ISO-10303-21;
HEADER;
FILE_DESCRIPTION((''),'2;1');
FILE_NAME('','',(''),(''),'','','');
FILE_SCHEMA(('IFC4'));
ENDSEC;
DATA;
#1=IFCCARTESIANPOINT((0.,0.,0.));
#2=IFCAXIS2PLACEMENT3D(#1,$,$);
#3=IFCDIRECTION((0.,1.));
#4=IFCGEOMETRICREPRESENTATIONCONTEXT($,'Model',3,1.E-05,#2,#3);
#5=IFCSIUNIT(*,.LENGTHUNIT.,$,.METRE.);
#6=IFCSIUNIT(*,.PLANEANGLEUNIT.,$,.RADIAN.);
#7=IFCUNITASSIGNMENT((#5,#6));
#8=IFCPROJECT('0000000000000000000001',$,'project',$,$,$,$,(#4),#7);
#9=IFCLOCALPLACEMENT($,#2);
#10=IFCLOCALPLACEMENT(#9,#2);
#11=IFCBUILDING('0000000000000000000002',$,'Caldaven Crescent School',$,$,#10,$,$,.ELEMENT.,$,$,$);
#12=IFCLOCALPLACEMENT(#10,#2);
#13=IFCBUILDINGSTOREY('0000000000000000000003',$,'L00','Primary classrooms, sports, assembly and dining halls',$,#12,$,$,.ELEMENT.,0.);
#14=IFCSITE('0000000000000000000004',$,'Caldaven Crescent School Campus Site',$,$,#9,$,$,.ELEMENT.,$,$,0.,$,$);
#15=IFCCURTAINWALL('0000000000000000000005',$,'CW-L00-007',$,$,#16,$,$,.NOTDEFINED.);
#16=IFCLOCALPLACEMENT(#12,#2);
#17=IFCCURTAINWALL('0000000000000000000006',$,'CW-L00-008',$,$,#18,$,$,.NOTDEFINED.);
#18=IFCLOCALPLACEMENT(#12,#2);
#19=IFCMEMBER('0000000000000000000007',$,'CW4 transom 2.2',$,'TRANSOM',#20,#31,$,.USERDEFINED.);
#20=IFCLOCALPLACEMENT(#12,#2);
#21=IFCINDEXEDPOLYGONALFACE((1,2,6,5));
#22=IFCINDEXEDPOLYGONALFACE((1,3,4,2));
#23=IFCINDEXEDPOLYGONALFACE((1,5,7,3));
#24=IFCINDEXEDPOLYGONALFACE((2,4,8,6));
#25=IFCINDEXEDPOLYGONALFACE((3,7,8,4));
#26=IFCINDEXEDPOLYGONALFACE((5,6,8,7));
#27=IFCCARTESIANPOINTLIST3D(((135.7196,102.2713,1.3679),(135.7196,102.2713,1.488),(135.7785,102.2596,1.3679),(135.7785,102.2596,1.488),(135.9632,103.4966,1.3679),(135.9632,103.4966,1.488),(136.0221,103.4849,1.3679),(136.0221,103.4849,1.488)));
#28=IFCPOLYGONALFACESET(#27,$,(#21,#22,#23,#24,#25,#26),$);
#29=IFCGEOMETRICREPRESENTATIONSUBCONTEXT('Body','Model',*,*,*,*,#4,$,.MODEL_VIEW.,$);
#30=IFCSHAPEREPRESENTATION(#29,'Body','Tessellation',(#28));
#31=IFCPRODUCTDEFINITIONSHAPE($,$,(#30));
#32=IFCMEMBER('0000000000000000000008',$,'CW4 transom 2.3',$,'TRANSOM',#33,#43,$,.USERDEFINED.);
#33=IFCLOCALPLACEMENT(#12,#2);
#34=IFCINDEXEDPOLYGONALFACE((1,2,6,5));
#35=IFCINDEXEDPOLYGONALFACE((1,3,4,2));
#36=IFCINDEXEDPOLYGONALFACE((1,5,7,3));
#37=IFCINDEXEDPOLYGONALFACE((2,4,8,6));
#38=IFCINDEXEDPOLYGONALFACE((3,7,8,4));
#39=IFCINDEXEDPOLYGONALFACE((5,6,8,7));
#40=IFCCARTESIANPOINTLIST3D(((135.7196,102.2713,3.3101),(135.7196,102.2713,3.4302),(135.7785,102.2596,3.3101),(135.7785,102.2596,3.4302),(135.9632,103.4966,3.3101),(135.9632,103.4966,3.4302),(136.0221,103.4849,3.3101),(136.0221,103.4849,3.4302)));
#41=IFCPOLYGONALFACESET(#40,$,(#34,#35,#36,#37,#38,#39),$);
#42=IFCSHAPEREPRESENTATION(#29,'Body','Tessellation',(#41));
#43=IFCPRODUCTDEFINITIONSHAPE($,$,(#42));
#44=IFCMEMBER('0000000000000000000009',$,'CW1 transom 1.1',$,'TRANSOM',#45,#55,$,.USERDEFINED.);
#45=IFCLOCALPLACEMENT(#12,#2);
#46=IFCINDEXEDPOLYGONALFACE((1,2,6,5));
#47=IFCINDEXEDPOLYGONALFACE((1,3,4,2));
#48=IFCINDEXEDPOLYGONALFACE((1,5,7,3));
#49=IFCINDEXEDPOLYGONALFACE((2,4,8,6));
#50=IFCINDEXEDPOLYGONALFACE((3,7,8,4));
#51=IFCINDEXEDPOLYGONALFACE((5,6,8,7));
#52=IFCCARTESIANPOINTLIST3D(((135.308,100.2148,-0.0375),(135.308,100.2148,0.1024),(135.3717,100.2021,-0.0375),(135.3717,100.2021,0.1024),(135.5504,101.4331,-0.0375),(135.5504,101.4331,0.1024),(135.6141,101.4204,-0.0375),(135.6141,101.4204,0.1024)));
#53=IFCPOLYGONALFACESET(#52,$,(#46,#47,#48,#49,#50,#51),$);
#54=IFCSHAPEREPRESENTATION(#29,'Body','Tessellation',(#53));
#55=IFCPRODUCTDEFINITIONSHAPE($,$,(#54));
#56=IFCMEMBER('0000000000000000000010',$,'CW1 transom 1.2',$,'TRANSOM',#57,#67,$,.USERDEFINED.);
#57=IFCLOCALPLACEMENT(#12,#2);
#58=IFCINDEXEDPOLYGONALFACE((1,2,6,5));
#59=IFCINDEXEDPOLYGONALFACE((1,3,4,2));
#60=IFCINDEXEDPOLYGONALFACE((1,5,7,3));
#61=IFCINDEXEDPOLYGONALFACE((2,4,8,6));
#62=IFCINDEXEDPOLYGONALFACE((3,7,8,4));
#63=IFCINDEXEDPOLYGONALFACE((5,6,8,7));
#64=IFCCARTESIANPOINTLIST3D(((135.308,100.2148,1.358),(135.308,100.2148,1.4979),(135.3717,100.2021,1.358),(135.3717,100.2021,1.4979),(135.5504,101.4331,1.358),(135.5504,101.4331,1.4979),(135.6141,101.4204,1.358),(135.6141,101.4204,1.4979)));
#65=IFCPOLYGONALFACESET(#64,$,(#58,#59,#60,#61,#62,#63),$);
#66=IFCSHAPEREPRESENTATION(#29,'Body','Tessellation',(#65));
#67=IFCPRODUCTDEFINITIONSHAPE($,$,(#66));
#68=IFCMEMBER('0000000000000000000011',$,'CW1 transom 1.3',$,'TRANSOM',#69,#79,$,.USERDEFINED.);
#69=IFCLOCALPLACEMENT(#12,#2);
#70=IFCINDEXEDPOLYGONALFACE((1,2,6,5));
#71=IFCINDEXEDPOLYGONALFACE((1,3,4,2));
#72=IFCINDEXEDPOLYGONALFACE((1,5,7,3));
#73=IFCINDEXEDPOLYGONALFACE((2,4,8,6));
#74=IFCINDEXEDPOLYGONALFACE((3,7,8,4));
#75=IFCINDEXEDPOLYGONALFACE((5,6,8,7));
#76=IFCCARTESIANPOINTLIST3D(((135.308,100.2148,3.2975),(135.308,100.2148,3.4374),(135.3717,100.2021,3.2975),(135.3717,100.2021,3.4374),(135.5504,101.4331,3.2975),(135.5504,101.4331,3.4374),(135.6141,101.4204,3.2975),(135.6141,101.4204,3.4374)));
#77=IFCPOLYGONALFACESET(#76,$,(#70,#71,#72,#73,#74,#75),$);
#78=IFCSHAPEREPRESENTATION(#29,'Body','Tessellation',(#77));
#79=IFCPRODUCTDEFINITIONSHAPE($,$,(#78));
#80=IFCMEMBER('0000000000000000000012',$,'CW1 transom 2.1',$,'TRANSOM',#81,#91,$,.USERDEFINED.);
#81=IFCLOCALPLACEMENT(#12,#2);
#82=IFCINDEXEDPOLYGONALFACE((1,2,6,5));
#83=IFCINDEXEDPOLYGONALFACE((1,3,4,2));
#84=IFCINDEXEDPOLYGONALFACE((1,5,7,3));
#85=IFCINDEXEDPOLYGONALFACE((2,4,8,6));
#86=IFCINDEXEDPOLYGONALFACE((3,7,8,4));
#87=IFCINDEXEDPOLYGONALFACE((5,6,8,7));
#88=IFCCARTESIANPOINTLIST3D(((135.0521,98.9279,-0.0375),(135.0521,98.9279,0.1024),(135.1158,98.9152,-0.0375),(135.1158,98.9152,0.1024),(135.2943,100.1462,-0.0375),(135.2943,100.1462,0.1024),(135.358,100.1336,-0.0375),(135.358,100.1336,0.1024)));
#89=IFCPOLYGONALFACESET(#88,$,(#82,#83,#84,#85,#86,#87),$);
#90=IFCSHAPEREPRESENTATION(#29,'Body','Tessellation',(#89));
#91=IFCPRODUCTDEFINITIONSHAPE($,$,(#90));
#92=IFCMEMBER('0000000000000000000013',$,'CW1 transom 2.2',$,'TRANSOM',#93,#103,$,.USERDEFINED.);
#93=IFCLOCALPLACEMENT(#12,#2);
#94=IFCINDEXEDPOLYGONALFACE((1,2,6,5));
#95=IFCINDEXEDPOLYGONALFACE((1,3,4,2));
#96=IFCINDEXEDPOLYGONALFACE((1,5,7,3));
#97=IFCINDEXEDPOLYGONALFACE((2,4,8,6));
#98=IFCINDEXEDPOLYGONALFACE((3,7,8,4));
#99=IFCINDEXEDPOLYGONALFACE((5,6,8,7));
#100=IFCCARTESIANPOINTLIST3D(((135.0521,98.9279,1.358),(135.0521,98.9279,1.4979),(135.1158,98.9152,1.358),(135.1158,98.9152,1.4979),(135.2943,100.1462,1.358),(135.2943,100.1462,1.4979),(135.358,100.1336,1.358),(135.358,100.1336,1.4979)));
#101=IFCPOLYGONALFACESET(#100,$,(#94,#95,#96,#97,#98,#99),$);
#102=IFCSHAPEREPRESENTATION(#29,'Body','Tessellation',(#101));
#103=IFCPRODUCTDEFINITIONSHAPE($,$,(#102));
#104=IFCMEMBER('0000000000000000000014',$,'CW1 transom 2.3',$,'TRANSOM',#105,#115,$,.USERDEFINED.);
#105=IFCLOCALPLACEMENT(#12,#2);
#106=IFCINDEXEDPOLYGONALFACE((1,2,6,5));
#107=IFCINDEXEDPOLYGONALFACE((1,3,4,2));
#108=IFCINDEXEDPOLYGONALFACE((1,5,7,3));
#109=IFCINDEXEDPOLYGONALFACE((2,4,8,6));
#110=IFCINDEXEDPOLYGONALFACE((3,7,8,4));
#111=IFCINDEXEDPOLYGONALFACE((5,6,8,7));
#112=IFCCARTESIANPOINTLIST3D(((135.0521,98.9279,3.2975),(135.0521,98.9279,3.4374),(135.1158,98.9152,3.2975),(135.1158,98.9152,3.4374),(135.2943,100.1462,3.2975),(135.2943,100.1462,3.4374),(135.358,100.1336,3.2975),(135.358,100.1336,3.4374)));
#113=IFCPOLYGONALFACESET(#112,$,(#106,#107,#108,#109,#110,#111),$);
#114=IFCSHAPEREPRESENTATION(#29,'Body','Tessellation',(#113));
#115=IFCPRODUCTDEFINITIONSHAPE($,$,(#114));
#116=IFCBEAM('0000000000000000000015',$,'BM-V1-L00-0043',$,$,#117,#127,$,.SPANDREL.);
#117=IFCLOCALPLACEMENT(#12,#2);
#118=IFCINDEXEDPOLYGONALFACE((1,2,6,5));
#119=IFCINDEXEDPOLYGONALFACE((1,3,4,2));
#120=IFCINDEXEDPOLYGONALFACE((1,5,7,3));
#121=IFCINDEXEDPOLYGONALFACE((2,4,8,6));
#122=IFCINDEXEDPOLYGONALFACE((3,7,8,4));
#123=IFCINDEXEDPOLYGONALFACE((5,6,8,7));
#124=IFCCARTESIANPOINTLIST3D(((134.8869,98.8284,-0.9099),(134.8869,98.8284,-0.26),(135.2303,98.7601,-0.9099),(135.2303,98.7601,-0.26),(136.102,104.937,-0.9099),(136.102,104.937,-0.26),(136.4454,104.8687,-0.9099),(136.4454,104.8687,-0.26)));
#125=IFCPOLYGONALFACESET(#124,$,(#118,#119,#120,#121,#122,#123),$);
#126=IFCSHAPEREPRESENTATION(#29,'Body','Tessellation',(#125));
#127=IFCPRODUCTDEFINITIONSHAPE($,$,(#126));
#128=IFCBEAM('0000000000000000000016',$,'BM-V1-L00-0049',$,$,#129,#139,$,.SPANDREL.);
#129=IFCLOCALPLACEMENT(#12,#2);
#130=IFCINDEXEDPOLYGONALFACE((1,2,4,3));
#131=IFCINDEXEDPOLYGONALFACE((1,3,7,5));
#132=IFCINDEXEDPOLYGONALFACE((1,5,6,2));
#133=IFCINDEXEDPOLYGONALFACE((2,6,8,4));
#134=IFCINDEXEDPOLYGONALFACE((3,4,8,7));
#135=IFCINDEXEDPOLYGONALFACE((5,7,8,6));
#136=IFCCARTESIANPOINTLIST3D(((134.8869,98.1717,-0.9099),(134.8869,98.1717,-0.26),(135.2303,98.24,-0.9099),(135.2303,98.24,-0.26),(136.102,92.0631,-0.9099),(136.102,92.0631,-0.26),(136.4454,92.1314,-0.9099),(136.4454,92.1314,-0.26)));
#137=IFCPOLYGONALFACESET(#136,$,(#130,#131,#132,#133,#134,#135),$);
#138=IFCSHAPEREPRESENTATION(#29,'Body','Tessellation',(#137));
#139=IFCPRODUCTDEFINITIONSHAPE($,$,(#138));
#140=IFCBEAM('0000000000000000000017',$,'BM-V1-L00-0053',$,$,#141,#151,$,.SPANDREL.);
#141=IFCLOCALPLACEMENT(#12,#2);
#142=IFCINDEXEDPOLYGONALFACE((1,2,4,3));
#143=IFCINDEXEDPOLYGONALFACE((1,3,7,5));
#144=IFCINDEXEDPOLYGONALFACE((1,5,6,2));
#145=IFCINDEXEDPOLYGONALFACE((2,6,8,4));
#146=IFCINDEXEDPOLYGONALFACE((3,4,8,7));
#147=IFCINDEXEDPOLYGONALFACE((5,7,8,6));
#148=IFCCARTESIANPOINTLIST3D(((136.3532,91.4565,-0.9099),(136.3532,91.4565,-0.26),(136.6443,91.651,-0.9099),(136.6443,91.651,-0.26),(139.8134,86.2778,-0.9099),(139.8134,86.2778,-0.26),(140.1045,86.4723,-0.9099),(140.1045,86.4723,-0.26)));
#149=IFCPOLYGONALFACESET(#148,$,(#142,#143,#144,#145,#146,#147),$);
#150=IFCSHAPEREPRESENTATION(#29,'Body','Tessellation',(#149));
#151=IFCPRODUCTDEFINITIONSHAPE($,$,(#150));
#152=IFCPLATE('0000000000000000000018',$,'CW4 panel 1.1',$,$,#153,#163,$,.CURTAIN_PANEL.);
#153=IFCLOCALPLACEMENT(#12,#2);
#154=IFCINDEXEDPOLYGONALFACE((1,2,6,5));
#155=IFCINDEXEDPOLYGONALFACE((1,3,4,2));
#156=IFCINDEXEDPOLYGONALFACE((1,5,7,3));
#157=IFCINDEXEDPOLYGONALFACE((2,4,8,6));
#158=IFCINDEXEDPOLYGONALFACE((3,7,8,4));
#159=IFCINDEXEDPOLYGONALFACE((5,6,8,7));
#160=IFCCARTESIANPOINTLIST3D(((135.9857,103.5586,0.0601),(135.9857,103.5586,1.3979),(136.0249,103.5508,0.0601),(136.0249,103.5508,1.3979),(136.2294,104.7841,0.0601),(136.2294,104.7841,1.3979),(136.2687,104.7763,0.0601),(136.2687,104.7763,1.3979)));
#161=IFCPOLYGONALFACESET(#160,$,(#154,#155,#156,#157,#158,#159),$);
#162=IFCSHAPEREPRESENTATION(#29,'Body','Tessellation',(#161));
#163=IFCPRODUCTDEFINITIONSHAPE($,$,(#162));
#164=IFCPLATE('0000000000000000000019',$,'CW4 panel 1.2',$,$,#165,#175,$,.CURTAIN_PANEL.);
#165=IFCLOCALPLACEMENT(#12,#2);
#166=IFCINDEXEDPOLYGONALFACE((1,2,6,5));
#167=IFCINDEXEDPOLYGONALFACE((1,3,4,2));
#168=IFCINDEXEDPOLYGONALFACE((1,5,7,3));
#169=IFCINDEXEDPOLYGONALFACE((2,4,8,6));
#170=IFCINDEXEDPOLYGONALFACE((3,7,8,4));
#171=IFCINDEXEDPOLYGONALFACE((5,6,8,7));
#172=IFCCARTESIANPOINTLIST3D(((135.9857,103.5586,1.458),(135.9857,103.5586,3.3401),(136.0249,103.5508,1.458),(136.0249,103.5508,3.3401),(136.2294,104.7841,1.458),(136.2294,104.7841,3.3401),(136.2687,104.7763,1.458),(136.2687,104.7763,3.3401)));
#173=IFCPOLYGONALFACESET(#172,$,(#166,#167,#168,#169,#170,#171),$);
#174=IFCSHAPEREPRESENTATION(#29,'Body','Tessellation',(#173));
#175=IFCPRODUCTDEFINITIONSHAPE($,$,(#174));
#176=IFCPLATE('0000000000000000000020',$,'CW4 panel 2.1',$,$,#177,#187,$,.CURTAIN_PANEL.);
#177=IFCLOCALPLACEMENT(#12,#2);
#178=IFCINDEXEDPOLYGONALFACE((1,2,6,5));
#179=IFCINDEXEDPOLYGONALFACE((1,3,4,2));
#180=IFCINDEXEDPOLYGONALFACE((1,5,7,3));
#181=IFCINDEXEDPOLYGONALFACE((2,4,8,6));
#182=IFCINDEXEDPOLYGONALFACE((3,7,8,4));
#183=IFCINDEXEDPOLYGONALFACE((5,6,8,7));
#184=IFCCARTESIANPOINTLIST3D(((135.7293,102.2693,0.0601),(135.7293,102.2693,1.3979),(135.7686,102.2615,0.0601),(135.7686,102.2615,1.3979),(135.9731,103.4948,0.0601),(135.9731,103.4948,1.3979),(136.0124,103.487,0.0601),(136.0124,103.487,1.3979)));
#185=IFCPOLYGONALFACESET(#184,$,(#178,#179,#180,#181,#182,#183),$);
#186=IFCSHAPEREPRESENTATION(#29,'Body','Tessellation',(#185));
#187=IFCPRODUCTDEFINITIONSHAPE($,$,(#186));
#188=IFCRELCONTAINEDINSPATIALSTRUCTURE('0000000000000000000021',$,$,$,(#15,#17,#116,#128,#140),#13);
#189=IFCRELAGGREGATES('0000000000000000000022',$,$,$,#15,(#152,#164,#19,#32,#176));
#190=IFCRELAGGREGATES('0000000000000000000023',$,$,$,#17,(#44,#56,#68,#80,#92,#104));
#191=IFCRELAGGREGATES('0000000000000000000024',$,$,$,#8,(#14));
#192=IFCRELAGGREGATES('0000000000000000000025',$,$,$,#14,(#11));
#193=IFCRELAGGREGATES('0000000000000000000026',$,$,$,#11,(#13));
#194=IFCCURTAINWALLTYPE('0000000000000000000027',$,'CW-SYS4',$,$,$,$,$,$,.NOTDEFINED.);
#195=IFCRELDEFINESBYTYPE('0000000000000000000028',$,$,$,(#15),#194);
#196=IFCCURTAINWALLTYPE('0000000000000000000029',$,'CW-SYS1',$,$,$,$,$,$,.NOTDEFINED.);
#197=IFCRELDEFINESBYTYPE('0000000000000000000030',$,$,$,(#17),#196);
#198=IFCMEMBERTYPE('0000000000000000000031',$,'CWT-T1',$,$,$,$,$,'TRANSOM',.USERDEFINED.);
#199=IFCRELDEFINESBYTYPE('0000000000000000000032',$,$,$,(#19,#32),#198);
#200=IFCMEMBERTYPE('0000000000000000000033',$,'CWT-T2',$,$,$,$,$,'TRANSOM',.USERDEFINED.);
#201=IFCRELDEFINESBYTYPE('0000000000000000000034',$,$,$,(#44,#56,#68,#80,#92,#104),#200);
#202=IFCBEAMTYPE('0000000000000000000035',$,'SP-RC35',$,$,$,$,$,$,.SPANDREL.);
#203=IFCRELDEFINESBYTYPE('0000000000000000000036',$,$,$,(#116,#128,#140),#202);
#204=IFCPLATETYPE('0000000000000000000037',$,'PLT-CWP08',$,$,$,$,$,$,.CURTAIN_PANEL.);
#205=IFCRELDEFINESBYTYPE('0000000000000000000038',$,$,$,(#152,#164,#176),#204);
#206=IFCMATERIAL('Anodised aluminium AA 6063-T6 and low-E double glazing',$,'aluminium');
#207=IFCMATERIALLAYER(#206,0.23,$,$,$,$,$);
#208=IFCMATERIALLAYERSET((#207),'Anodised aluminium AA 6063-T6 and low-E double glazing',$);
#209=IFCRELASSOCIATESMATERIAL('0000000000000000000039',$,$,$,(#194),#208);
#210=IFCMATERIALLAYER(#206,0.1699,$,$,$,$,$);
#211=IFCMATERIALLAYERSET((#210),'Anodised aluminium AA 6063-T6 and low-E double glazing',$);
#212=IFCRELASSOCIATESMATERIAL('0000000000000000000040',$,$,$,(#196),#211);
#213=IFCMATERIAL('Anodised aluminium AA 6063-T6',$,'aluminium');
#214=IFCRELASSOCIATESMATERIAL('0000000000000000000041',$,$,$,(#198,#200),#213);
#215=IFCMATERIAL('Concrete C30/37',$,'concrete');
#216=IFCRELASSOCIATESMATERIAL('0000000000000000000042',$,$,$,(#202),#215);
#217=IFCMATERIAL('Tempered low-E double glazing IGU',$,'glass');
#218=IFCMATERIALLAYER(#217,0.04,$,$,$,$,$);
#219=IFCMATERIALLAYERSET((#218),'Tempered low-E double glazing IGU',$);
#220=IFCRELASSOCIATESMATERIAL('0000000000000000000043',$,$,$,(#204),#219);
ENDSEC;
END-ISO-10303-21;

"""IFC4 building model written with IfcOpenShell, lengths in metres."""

from ifc_helpers import new_model, si_unit, direction, frame, origin, origin_2d, place, context, subcontext, project, spatial, rectangle, extrude, material, layer, layer_set, material_profile, profile_set, type_object, element, aggregate, save


model = new_model("IFC4")

# Units and contexts
model_context = context("Model", 3, precision=1e-05, world=origin(), true_north=direction((0.0, 1.0)))
body_context = subcontext(model_context, "Body", "Model", "MODEL_VIEW")
ifc_project = project(units=[si_unit("LENGTHUNIT", "METRE"), si_unit("PLANEANGLEUNIT", "RADIAN")], contexts=[model_context])

# Site, building, storey
site_placement = place(None, origin())
site = spatial("IfcSite", under=ifc_project, at=site_placement, Name="Caldaven Crescent School Campus Site", CompositionType="ELEMENT", RefElevation=0.0)
building_placement = place(site_placement, origin())
building = spatial("IfcBuilding", under=site, at=building_placement, Name="Caldaven Crescent School", CompositionType="ELEMENT")
storey_placement = place(building_placement, origin())
storey = spatial("IfcBuildingStorey", under=building, at=storey_placement, Name="L00", Description="Primary classrooms, sports, assembly and dining halls", CompositionType="ELEMENT", Elevation=0.0)

# Shared definitions
ifc_material_1 = material(Name="Concrete C30/37", Category="concrete")

# Shared definitions
ifc_material_2 = material(Name="Anodised aluminium AA 6063-T6 and low-E double glazing", Category="aluminium")
ifc_material_3 = material(Name="Anodised aluminium AA 6063-T6", Category="aluminium")

# Curtain walls
ifc_layer_1 = layer(ifc_material_2, 0.23)
ifc_layer_set_1 = layer_set([ifc_layer_1], Name="Anodised aluminium AA 6063-T6 and low-E double glazing")
curtain_wall_type_1 = type_object("IfcCurtainWallType", Name="CW-SYS4", PredefinedType="NOTDEFINED", material=ifc_layer_set_1)
curtain_wall_1_placement = place(storey_placement, origin())
curtain_wall_1 = element("IfcCurtainWall", 1, at=curtain_wall_1_placement, inside=storey, type_object=curtain_wall_type_1, Name="CW-L00-007", PredefinedType="NOTDEFINED")
ifc_layer_2 = layer(ifc_material_2, 0.1699)
ifc_layer_set_2 = layer_set([ifc_layer_2], Name="Anodised aluminium AA 6063-T6 and low-E double glazing")
curtain_wall_type_2 = type_object("IfcCurtainWallType", Name="CW-SYS1", PredefinedType="NOTDEFINED", material=ifc_layer_set_2)
curtain_wall_2_placement = place(storey_placement, origin())
curtain_wall_2 = element("IfcCurtainWall", 2, at=curtain_wall_2_placement, inside=storey, type_object=curtain_wall_type_2, Name="CW-L00-008", PredefinedType="NOTDEFINED")

# Members
ifc_material_profile_1 = material_profile(ifc_material_3, rectangle(XDim=0.0601, YDim=0.1201, at=origin_2d()), Name="CWT 60x120")
ifc_profile_set_1 = profile_set([ifc_material_profile_1], Name="Anodised aluminium AA 6063-T6")
member_type_1 = type_object("IfcMemberType", Name="CWT-T1", ElementType="TRANSOM", PredefinedType="USERDEFINED", material=ifc_profile_set_1)
member_1_placement = place(storey_placement, frame((135.9927, 103.4907, 1.428), z_axis=(-0.195026, -0.980798, 0.0), x_axis=(0.980798, -0.195026, 0.0)))
member_1 = element("IfcMember", 3, at=member_1_placement, type_object=member_type_1, Name="CW4 transom 2.2", ObjectType="TRANSOM", PredefinedType="USERDEFINED", context=body_context, shape_type="SweptSolid", body=[
    extrude(rectangle(XDim=0.0601, YDim=0.1201, at=origin_2d()), origin(), (0.0, 0.0, 1.0), 1.2493),
])
member_2_placement = place(storey_placement, frame((135.9927, 103.4907, 3.3701), z_axis=(-0.195026, -0.980798, 0.0), x_axis=(0.980798, -0.195026, 0.0)))
member_2 = element("IfcMember", 4, at=member_2_placement, type_object=member_type_1, Name="CW4 transom 2.3", ObjectType="TRANSOM", PredefinedType="USERDEFINED", context=body_context, shape_type="SweptSolid", body=[
    extrude(rectangle(XDim=0.0601, YDim=0.1201, at=origin_2d()), origin(), (0.0, 0.0, 1.0), 1.2493),
])
ifc_material_profile_2 = material_profile(ifc_material_3, rectangle(XDim=0.0649, YDim=0.1399, at=origin_2d()), Name="CWT 65x140")
ifc_profile_set_2 = profile_set([ifc_material_profile_2], Name="Anodised aluminium AA 6063-T6")
member_type_2 = type_object("IfcMemberType", Name="CWT-T2", ElementType="TRANSOM", PredefinedType="USERDEFINED", material=ifc_profile_set_2)
member_3_placement = place(storey_placement, frame((135.5823, 101.4268, 0.0325), z_axis=(-0.195171, -0.980769, 0.0), x_axis=(0.980769, -0.195171, 0.0)))
member_3 = element("IfcMember", 5, at=member_3_placement, type_object=member_type_2, Name="CW1 transom 1.1", ObjectType="TRANSOM", PredefinedType="USERDEFINED", context=body_context, shape_type="SweptSolid", body=[
    extrude(rectangle(XDim=0.0649, YDim=0.1399, at=origin_2d()), origin(), (0.0, 0.0, 1.0), 1.2422),
])
member_4_placement = place(storey_placement, frame((135.5823, 101.4268, 1.428), z_axis=(-0.195171, -0.980769, 0.0), x_axis=(0.980769, -0.195171, 0.0)))
member_4 = element("IfcMember", 6, at=member_4_placement, type_object=member_type_2, Name="CW1 transom 1.2", ObjectType="TRANSOM", PredefinedType="USERDEFINED", context=body_context, shape_type="SweptSolid", body=[
    extrude(rectangle(XDim=0.0649, YDim=0.1399, at=origin_2d()), origin(), (0.0, 0.0, 1.0), 1.2422),
])
member_5_placement = place(storey_placement, frame((135.5823, 101.4268, 3.3674), z_axis=(-0.195171, -0.980769, 0.0), x_axis=(0.980769, -0.195171, 0.0)))
member_5 = element("IfcMember", 7, at=member_5_placement, type_object=member_type_2, Name="CW1 transom 1.3", ObjectType="TRANSOM", PredefinedType="USERDEFINED", context=body_context, shape_type="SweptSolid", body=[
    extrude(rectangle(XDim=0.0649, YDim=0.1399, at=origin_2d()), origin(), (0.0, 0.0, 1.0), 1.2422),
])
member_6_placement = place(storey_placement, frame((135.3262, 100.1399, 0.0325), z_axis=(-0.194982, -0.980807, 0.0), x_axis=(0.980807, -0.194982, 0.0)))
member_6 = element("IfcMember", 8, at=member_6_placement, type_object=member_type_2, Name="CW1 transom 2.1", ObjectType="TRANSOM", PredefinedType="USERDEFINED", context=body_context, shape_type="SweptSolid", body=[
    extrude(rectangle(XDim=0.0649, YDim=0.1399, at=origin_2d()), origin(), (0.0, 0.0, 1.0), 1.2422),
])
member_7_placement = place(storey_placement, frame((135.3262, 100.1399, 1.428), z_axis=(-0.194982, -0.980807, 0.0), x_axis=(0.980807, -0.194982, 0.0)))
member_7 = element("IfcMember", 9, at=member_7_placement, type_object=member_type_2, Name="CW1 transom 2.2", ObjectType="TRANSOM", PredefinedType="USERDEFINED", context=body_context, shape_type="SweptSolid", body=[
    extrude(rectangle(XDim=0.0649, YDim=0.1399, at=origin_2d()), origin(), (0.0, 0.0, 1.0), 1.2422),
])
member_8_placement = place(storey_placement, frame((135.3262, 100.1399, 3.3674), z_axis=(-0.194982, -0.980807, 0.0), x_axis=(0.980807, -0.194982, 0.0)))
member_8 = element("IfcMember", 10, at=member_8_placement, type_object=member_type_2, Name="CW1 transom 2.3", ObjectType="TRANSOM", PredefinedType="USERDEFINED", context=body_context, shape_type="SweptSolid", body=[
    extrude(rectangle(XDim=0.0649, YDim=0.1399, at=origin_2d()), origin(), (0.0, 0.0, 1.0), 1.2422),
])

# Beams
ifc_material_profile_3 = material_profile(ifc_material_1, rectangle(XDim=0.3501, YDim=0.6499, at=origin_2d()), Name="RC 350x650")
ifc_profile_set_3 = profile_set([ifc_material_profile_3], Name="Concrete C30/37")
beam_type = type_object("IfcBeamType", Name="SP-RC35", PredefinedType="SPANDREL", material=ifc_profile_set_3)
for number, where, z_axis, x_axis, name in (
    (11, (136.2737, 104.9028, -0.585), (-0.195091, -0.980785, 0.0), (0.980785, -0.195091, 0.0), "BM-V1-L00-0043"),
    (12, (135.0586, 98.2058, -0.585), (0.195091, -0.980785, 0.0), (0.980785, 0.195091, 0.0), "BM-V1-L00-0049"),
    (13, (136.4988, 91.5537, -0.585), (0.555559, -0.831477, 0.0), (0.831477, 0.555559, 0.0), "BM-V1-L00-0053"),
):
    element("IfcBeam", number, at=place(storey_placement, frame(where, z_axis=z_axis, x_axis=x_axis)), inside=storey, type_object=beam_type, Name=name, PredefinedType="SPANDREL", context=body_context, shape_type="SweptSolid", body=[
        extrude(rectangle(XDim=0.3501, YDim=0.6499, at=origin_2d()), origin(), (0.0, 0.0, 1.0), 6.2283),
    ])

# Plates
ifc_material_4 = material(Name="Tempered low-E double glazing IGU", Category="glass")
ifc_layer_3 = layer(ifc_material_4, 0.04)
ifc_layer_set_3 = layer_set([ifc_layer_3], Name="Tempered low-E double glazing IGU")
plate_type_1 = type_object("IfcPlateType", Name="PLT-CWP08", PredefinedType="CURTAIN_PANEL", material=ifc_layer_set_3)
plate_1_placement = place(storey_placement, frame((136.1272, 104.1675, 0.0601), z_axis=(0.0, 0.0, 1.0), x_axis=(-0.19509, -0.980785, 0.0)))
plate_1 = element("IfcPlate", 14, at=plate_1_placement, type_object=plate_type_1, Name="CW4 panel 1.1", PredefinedType="CURTAIN_PANEL", context=body_context, shape_type="SweptSolid", body=[
    extrude(rectangle(XDim=1.2495, YDim=0.04, at=origin_2d()), origin(), (0.0, 0.0, 1.0), 1.3379),
])
plate_2_placement = place(storey_placement, frame((136.1272, 104.1675, 1.458), z_axis=(0.0, 0.0, 1.0), x_axis=(-0.19509, -0.980785, 0.0)))
plate_2 = element("IfcPlate", 15, at=plate_2_placement, type_object=plate_type_1, Name="CW4 panel 1.2", PredefinedType="CURTAIN_PANEL", context=body_context, shape_type="SweptSolid", body=[
    extrude(rectangle(XDim=1.2495, YDim=0.04, at=origin_2d()), origin(), (0.0, 0.0, 1.0), 1.8821),
])
plate_3_placement = place(storey_placement, frame((135.8708, 102.8782, 0.0601), z_axis=(0.0, 0.0, 1.0), x_axis=(-0.19509, -0.980785, 0.0)))
plate_3 = element("IfcPlate", 16, at=plate_3_placement, type_object=plate_type_1, Name="CW4 panel 2.1", PredefinedType="CURTAIN_PANEL", context=body_context, shape_type="SweptSolid", body=[
    extrude(rectangle(XDim=1.2495, YDim=0.04, at=origin_2d()), origin(), (0.0, 0.0, 1.0), 1.3379),
])
aggregate(curtain_wall_1, [plate_1, plate_2, member_1, member_2, plate_3])
aggregate(curtain_wall_2, [member_3, member_4, member_5, member_6, member_7, member_8])

save(model, "model.ifc")
